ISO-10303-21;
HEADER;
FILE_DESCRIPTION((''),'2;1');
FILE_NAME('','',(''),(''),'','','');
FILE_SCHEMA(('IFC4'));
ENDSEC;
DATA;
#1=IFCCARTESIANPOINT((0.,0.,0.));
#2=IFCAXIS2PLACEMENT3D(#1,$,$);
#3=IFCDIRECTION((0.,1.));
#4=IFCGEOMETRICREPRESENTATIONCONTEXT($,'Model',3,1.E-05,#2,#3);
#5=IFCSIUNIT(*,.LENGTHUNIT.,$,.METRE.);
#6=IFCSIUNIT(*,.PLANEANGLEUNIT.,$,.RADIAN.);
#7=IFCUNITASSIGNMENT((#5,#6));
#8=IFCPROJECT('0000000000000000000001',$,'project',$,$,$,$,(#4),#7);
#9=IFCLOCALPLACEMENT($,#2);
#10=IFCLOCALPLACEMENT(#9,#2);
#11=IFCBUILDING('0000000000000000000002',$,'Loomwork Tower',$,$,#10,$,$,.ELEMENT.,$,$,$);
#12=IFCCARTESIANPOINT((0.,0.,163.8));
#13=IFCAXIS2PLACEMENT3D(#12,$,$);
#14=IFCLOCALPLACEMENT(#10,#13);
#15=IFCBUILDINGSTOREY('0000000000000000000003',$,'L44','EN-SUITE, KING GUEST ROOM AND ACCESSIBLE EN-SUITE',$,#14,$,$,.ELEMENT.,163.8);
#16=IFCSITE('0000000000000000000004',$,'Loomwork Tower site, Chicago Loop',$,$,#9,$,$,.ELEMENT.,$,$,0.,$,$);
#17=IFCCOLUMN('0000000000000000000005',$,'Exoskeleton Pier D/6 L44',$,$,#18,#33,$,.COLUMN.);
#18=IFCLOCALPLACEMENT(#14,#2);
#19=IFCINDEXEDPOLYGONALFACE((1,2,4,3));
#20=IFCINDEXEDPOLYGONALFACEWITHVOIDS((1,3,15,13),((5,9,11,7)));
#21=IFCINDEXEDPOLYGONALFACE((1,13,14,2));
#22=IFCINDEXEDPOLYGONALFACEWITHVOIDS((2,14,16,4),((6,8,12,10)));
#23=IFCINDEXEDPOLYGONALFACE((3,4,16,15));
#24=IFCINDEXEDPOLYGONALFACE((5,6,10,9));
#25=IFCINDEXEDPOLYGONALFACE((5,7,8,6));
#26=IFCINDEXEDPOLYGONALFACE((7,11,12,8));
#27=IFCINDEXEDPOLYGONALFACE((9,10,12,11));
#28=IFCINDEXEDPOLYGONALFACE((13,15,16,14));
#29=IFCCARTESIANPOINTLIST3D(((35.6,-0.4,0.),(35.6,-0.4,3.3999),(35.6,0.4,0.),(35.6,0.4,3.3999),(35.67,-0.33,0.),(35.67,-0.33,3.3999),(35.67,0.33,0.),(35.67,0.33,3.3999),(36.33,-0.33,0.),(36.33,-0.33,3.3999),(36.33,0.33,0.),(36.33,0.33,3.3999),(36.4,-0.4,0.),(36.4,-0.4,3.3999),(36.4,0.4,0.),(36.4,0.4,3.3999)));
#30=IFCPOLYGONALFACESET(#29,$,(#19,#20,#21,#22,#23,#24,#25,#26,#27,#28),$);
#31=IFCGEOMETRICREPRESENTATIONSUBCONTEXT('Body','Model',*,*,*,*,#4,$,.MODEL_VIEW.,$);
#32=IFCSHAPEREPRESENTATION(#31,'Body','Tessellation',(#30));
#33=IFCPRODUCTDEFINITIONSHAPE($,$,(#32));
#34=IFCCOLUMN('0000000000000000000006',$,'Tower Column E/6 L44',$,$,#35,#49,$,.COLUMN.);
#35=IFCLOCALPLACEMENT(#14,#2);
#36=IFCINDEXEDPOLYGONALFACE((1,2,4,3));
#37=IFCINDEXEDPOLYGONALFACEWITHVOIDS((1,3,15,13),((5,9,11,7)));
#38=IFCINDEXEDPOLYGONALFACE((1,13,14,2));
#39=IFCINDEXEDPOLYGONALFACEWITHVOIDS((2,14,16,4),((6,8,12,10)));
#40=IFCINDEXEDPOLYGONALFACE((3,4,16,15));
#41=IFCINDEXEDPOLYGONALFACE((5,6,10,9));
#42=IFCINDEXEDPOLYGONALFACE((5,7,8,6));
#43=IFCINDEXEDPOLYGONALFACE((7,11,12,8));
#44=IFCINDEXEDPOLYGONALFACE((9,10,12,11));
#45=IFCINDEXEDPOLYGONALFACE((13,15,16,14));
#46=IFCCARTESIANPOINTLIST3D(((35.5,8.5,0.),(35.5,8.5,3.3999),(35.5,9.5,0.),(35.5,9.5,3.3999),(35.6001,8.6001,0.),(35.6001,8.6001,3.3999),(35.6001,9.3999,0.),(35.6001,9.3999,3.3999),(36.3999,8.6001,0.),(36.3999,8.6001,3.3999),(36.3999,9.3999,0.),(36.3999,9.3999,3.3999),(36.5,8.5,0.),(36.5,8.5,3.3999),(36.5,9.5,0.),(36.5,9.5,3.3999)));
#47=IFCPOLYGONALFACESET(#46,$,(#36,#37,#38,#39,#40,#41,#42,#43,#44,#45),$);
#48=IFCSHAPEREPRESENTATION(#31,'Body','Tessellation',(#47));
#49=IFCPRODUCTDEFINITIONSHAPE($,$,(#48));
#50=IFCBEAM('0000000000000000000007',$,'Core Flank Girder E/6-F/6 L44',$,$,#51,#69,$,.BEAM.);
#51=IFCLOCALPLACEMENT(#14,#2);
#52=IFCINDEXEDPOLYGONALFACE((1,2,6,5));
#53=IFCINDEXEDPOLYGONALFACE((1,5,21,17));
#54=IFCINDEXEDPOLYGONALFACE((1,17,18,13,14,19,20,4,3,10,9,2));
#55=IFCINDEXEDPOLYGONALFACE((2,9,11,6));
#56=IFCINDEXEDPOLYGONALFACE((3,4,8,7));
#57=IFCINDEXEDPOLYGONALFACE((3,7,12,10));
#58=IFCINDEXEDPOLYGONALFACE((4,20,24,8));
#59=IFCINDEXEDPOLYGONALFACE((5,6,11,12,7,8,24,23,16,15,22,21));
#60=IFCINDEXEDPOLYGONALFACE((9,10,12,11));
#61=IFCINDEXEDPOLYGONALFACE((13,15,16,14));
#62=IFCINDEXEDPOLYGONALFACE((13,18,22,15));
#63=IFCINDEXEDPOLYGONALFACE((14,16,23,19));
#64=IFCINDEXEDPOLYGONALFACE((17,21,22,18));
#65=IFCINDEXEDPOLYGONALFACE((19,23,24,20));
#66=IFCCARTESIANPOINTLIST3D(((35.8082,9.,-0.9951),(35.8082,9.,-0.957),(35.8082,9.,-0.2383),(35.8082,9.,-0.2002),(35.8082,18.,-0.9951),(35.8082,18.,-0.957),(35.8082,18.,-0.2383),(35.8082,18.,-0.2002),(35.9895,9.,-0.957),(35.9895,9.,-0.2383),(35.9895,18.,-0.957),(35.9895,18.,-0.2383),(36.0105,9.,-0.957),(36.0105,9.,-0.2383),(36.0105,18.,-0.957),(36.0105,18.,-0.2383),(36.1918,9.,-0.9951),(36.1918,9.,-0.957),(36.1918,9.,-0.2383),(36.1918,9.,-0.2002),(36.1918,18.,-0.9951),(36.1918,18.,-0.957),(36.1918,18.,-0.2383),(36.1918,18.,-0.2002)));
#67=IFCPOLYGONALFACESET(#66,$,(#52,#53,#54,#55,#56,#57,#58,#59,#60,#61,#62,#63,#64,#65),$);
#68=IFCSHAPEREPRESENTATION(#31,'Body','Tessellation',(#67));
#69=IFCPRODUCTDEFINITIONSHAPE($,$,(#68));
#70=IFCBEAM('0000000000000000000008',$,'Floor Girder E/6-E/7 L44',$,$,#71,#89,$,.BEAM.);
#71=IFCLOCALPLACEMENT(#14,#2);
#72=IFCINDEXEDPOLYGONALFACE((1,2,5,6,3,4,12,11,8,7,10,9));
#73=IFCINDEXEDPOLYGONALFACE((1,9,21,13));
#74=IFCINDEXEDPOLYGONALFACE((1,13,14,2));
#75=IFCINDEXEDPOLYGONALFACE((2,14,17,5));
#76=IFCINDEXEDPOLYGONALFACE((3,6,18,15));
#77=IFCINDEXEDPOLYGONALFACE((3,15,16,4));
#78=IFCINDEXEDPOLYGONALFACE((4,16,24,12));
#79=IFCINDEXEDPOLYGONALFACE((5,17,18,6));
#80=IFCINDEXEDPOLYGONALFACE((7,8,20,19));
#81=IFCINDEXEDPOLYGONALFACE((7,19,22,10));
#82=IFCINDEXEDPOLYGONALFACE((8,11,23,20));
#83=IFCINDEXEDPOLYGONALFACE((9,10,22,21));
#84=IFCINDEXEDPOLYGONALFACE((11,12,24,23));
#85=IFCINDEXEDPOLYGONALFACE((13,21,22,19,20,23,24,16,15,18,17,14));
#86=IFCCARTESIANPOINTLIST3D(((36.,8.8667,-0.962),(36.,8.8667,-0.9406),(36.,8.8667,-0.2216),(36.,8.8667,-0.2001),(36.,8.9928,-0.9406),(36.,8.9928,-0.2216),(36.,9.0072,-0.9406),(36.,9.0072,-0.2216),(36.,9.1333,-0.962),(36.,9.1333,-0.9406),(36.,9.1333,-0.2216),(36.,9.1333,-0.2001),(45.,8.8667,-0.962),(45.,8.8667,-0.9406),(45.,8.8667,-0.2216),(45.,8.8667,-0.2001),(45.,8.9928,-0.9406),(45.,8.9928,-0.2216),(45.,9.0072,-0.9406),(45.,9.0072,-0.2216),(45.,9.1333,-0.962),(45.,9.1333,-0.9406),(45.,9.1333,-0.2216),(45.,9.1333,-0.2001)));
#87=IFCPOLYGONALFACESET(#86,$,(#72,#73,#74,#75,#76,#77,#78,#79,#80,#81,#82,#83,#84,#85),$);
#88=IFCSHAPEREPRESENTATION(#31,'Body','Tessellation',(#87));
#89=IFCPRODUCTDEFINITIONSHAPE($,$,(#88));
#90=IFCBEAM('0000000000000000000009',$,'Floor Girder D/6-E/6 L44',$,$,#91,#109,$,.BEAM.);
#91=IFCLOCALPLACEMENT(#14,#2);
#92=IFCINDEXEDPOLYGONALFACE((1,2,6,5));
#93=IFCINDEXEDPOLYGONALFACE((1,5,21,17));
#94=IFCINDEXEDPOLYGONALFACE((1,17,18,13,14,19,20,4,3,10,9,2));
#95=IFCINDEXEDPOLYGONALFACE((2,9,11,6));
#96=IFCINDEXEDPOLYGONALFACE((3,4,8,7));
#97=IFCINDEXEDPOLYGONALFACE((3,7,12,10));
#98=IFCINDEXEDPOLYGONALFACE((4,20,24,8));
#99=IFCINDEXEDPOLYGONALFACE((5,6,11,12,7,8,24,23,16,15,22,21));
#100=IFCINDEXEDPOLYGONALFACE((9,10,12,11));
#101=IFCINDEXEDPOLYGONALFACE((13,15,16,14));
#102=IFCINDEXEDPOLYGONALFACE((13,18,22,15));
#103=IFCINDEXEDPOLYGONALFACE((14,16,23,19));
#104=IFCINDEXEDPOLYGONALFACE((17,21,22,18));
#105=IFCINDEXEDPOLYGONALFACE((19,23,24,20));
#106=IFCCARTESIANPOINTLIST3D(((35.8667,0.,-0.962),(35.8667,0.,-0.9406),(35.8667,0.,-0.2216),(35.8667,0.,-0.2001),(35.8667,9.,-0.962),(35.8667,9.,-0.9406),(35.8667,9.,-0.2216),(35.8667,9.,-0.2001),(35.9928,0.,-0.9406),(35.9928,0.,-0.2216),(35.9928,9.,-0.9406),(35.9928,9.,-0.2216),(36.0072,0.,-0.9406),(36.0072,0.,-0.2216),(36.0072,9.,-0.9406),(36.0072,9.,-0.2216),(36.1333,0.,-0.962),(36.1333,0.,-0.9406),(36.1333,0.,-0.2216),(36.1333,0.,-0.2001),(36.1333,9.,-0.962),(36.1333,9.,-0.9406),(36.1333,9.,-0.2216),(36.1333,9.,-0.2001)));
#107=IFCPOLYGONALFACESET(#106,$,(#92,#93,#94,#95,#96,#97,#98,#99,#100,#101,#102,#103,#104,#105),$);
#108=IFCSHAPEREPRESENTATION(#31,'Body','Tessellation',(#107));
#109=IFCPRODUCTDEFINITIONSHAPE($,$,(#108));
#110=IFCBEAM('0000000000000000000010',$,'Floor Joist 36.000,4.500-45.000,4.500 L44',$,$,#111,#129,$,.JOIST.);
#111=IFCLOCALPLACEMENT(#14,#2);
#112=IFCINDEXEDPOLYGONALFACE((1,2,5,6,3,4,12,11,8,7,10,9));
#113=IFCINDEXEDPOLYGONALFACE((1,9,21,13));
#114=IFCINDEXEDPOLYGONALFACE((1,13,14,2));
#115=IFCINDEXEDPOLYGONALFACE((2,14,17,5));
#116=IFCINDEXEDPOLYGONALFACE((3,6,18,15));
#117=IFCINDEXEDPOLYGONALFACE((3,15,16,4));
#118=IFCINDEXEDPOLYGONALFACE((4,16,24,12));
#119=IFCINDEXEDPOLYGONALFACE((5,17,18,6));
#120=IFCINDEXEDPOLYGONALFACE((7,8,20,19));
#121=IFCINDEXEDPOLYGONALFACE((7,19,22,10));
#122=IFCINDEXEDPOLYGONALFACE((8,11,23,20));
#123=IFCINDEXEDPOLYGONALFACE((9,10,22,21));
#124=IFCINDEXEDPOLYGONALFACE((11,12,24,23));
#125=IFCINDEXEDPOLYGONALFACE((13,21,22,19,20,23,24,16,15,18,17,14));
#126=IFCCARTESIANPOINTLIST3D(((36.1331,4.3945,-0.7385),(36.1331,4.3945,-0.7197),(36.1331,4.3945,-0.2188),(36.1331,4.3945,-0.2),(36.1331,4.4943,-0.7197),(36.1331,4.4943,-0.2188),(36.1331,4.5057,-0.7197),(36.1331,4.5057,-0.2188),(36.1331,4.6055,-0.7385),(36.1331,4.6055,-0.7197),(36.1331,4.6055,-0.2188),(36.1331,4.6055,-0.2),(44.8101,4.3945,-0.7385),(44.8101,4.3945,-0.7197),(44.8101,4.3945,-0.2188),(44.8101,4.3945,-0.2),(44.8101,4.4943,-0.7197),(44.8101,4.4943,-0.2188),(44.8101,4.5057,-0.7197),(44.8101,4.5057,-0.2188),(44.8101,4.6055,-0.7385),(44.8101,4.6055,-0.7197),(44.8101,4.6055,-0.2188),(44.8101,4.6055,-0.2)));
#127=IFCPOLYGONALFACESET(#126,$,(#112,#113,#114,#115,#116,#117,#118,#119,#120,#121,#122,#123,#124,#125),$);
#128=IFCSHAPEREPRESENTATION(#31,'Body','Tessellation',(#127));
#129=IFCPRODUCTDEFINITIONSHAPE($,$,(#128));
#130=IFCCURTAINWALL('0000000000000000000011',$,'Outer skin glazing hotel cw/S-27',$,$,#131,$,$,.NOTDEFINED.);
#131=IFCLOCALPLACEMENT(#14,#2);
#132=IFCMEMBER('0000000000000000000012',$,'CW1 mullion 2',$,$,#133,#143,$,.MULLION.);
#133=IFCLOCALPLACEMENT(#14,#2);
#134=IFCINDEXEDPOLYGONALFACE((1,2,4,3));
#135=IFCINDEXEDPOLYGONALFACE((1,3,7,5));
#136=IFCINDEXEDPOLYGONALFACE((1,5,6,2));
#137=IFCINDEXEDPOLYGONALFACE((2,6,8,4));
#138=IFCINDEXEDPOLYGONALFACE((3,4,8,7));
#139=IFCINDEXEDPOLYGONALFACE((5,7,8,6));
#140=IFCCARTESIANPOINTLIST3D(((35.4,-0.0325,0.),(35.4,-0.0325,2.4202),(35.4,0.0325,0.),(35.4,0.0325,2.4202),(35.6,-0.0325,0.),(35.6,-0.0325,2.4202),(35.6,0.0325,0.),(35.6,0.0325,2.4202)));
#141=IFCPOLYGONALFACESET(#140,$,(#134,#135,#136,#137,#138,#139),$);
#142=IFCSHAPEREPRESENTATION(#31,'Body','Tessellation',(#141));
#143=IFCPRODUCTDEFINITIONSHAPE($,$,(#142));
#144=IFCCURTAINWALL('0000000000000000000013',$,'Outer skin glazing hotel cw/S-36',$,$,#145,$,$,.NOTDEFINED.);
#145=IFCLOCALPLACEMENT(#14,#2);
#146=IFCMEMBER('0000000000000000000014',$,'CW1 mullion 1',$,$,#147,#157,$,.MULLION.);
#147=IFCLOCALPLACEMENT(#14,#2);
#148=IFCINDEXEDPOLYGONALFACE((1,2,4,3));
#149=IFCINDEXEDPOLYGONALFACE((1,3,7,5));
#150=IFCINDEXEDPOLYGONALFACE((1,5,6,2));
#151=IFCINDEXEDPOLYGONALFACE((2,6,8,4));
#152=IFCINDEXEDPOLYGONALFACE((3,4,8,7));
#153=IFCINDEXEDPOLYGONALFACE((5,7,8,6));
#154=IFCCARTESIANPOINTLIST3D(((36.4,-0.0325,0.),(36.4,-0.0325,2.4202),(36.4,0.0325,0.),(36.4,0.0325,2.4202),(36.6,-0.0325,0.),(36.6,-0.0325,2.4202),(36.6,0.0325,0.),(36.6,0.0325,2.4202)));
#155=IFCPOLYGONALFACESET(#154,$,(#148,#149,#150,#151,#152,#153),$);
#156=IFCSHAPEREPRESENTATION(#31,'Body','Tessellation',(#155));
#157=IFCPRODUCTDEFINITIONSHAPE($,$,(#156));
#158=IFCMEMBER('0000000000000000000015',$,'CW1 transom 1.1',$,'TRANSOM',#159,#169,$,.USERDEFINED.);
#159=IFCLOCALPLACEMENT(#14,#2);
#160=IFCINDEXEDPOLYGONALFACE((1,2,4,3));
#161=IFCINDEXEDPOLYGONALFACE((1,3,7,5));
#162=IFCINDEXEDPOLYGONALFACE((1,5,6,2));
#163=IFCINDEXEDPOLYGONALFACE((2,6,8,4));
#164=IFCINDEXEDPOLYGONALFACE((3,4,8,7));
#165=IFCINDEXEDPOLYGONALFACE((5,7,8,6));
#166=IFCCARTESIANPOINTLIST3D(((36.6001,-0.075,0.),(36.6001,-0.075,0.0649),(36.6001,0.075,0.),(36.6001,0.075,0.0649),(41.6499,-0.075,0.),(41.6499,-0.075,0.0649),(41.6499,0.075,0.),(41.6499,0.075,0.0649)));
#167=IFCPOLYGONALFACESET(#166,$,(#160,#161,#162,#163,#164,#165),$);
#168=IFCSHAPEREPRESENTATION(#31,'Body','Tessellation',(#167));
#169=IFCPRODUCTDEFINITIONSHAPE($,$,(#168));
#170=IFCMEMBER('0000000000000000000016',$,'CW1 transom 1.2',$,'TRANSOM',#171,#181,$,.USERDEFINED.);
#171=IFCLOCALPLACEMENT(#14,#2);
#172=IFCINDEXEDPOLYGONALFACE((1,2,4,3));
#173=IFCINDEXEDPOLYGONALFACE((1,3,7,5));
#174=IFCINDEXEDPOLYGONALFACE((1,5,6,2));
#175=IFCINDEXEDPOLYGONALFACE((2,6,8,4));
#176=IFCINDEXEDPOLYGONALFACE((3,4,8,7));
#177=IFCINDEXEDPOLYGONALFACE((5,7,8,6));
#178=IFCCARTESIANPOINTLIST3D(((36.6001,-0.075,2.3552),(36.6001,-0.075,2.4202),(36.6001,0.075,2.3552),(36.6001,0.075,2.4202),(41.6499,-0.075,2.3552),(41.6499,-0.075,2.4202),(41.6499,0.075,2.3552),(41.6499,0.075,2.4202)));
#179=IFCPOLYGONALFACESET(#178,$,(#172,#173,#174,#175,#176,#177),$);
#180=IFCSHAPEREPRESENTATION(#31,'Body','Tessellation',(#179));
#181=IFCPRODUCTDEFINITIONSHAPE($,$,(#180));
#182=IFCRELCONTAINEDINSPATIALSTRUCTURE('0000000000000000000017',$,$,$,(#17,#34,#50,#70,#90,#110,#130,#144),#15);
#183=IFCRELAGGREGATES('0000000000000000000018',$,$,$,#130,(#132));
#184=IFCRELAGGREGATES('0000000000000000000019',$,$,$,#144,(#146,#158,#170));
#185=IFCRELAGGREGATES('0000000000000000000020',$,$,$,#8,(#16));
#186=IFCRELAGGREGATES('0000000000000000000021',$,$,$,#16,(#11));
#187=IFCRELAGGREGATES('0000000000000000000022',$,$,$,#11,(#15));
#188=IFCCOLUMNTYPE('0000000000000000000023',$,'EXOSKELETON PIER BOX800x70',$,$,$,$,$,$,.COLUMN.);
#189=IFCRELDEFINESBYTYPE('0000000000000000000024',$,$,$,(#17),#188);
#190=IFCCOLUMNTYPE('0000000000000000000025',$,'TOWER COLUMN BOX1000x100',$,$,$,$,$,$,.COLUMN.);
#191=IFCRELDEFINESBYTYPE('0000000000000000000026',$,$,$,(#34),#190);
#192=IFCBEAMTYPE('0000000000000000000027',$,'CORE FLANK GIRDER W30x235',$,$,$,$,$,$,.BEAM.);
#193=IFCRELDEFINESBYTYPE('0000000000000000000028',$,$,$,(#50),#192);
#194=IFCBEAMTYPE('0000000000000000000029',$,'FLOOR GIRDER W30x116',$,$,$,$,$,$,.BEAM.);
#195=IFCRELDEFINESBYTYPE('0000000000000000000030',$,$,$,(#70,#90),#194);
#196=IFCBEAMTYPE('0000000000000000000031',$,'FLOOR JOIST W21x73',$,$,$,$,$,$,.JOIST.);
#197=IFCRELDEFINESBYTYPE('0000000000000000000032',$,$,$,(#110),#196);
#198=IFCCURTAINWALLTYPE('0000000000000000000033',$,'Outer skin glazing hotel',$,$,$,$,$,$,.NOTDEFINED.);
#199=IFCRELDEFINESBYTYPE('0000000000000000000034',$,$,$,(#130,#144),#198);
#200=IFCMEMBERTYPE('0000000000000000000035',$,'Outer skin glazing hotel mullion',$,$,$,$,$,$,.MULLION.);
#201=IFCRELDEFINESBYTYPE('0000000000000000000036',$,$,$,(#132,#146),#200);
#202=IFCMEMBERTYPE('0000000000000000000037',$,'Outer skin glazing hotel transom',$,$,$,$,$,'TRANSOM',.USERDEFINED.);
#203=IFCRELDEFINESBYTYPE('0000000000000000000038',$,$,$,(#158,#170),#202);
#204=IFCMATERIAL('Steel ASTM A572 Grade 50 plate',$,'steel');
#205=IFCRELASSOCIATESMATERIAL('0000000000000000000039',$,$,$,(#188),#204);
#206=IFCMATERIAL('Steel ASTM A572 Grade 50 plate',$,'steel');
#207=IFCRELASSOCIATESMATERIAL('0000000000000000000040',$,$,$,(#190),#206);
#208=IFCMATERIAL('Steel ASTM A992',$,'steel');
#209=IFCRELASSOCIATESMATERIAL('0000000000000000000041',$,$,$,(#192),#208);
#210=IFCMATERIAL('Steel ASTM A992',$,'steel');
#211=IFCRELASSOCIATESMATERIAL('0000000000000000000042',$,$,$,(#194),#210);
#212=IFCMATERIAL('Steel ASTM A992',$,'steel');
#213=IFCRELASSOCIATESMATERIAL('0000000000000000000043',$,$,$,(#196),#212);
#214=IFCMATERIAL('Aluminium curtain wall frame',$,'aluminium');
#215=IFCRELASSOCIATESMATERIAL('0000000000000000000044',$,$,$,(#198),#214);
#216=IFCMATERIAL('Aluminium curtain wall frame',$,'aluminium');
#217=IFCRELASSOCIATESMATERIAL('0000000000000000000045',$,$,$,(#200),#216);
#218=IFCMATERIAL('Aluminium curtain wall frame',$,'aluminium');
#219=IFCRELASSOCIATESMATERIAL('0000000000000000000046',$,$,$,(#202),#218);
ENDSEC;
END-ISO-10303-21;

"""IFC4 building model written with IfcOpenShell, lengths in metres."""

from ifc_helpers import new_model, si_unit, direction, frame, origin, origin_2d, place, context, subcontext, project, spatial, rectangle, hollow_rectangle, i_section, extrude, material, material_profile, profile_set, type_object, element, aggregate, save


model = new_model("IFC4")

# Units and contexts
model_context = context("Model", 3, precision=1e-05, world=origin(), true_north=direction((0.0, 1.0)))
body_context = subcontext(model_context, "Body", "Model", "MODEL_VIEW")
ifc_project = project(units=[si_unit("LENGTHUNIT", "METRE"), si_unit("PLANEANGLEUNIT", "RADIAN")], contexts=[model_context])

# Site, building, storey
site_placement = place(None, origin())
site = spatial("IfcSite", under=ifc_project, at=site_placement, Name="Loomwork Tower site, Chicago Loop", CompositionType="ELEMENT", RefElevation=0.0)
building_placement = place(site_placement, origin())
building = spatial("IfcBuilding", under=site, at=building_placement, Name="Loomwork Tower", CompositionType="ELEMENT")
storey_placement = place(building_placement, frame((0.0, 0.0, 163.8)))
storey = spatial("IfcBuildingStorey", under=building, at=storey_placement, Name="L44", Description="EN-SUITE, KING GUEST ROOM AND ACCESSIBLE EN-SUITE", CompositionType="ELEMENT", Elevation=163.8)

# Columns
ifc_material_1 = material(Name="Steel ASTM A572 Grade 50 plate", Category="steel")
ifc_material_profile_1 = material_profile(ifc_material_1, hollow_rectangle(XDim=0.8, YDim=0.8, WallThickness=0.0701, at=origin_2d()), Name="BOX800x70")
ifc_profile_set_1 = profile_set([ifc_material_profile_1], Name="Steel ASTM A572 Grade 50 plate")
column_type_1 = type_object("IfcColumnType", Name="EXOSKELETON PIER BOX800x70", PredefinedType="COLUMN", material=ifc_profile_set_1)
column_1_placement = place(storey_placement, frame((36.0, 0.0, 0.0), z_axis=(0.0, 0.0, 1.0), x_axis=(1.0, 0.0, 0.0)))
element("IfcColumn", 1, at=column_1_placement, inside=storey, type_object=column_type_1, Name="Exoskeleton Pier D/6 L44", PredefinedType="COLUMN", context=body_context, shape_type="SweptSolid", body=[
    extrude(hollow_rectangle(XDim=0.8, YDim=0.8, WallThickness=0.0701, at=origin_2d()), origin(), (0.0, 0.0, 1.0), 3.3999),
])
ifc_material_2 = material(Name="Steel ASTM A572 Grade 50 plate", Category="steel")
ifc_material_profile_2 = material_profile(ifc_material_2, hollow_rectangle(XDim=1.0, YDim=1.0, WallThickness=0.1001, at=origin_2d()), Name="BOX1000x100")
ifc_profile_set_2 = profile_set([ifc_material_profile_2], Name="Steel ASTM A572 Grade 50 plate")
column_type_2 = type_object("IfcColumnType", Name="TOWER COLUMN BOX1000x100", PredefinedType="COLUMN", material=ifc_profile_set_2)
column_2_placement = place(storey_placement, frame((36.0, 9.0, 0.0), z_axis=(0.0, 0.0, 1.0), x_axis=(0.0, 1.0, 0.0)))
element("IfcColumn", 2, at=column_2_placement, inside=storey, type_object=column_type_2, Name="Tower Column E/6 L44", PredefinedType="COLUMN", context=body_context, shape_type="SweptSolid", body=[
    extrude(hollow_rectangle(XDim=1.0, YDim=1.0, WallThickness=0.1001, at=origin_2d()), origin(), (0.0, 0.0, 1.0), 3.3999),
])

# Beams
ifc_material_3 = material(Name="Steel ASTM A992", Category="steel")
ifc_material_profile_3 = material_profile(ifc_material_3, i_section(OverallWidth=0.3835, OverallDepth=0.7949, WebThickness=0.021, FlangeThickness=0.0381, at=origin_2d()), Name="W30x235")
ifc_profile_set_3 = profile_set([ifc_material_profile_3], Name="Steel ASTM A992")
beam_type_1 = type_object("IfcBeamType", Name="CORE FLANK GIRDER W30x235", PredefinedType="BEAM", material=ifc_profile_set_3)
beam_1_placement = place(storey_placement, frame((36.0, 9.0, -0.5977), z_axis=(0.0, 1.0, 0.0), x_axis=(-1.0, 0.0, 0.0)))
element("IfcBeam", 3, at=beam_1_placement, inside=storey, type_object=beam_type_1, Name="Core Flank Girder E/6-F/6 L44", PredefinedType="BEAM", context=body_context, shape_type="SweptSolid", body=[
    extrude(i_section(OverallWidth=0.3835, OverallDepth=0.7949, WebThickness=0.021, FlangeThickness=0.0381, at=origin_2d()), origin(), (0.0, 0.0, 1.0), 9.0),
])
ifc_material_4 = material(Name="Steel ASTM A992", Category="steel")
ifc_material_profile_4 = material_profile(ifc_material_4, i_section(OverallWidth=0.2666, OverallDepth=0.762, WebThickness=0.0144, FlangeThickness=0.0215, at=origin_2d()), Name="W30x116")
ifc_profile_set_4 = profile_set([ifc_material_profile_4], Name="Steel ASTM A992")
beam_type_2 = type_object("IfcBeamType", Name="FLOOR GIRDER W30x116", PredefinedType="BEAM", material=ifc_profile_set_4)
for number, where, z_axis, x_axis, name in (
    (4, (36.0, 9.0, -0.5811), (1.0, 0.0, 0.0), (0.0, 1.0, 0.0), "Floor Girder E/6-E/7 L44"),
    (5, (36.0, 0.0, -0.5811), (0.0, 1.0, 0.0), (-1.0, 0.0, 0.0), "Floor Girder D/6-E/6 L44"),
):
    element("IfcBeam", number, at=place(storey_placement, frame(where, z_axis=z_axis, x_axis=x_axis)), inside=storey, type_object=beam_type_2, Name=name, PredefinedType="BEAM", context=body_context, shape_type="SweptSolid", body=[
        extrude(i_section(OverallWidth=0.2666, OverallDepth=0.762, WebThickness=0.0144, FlangeThickness=0.0215, at=origin_2d()), origin(), (0.0, 0.0, 1.0), 9.0),
    ])
ifc_material_5 = material(Name="Steel ASTM A992", Category="steel")
ifc_material_profile_5 = material_profile(ifc_material_5, i_section(OverallWidth=0.2109, OverallDepth=0.5386, WebThickness=0.0115, FlangeThickness=0.0188, at=origin_2d()), Name="W21x73")
ifc_profile_set_5 = profile_set([ifc_material_profile_5], Name="Steel ASTM A992")
beam_type_3 = type_object("IfcBeamType", Name="FLOOR JOIST W21x73", PredefinedType="JOIST", material=ifc_profile_set_5)
beam_2_placement = place(storey_placement, frame((36.1331, 4.5, -0.4692), z_axis=(1.0, 0.0, 0.0), x_axis=(0.0, 1.0, 0.0)))
element("IfcBeam", 6, at=beam_2_placement, inside=storey, type_object=beam_type_3, Name="Floor Joist 36.000,4.500-45.000,4.500 L44", PredefinedType="JOIST", context=body_context, shape_type="SweptSolid", body=[
    extrude(i_section(OverallWidth=0.2109, OverallDepth=0.5386, WebThickness=0.0115, FlangeThickness=0.0188, at=origin_2d()), origin(), (0.0, 0.0, 1.0), 8.677),
])

# Curtain wall, member
ifc_material_6 = material(Name="Aluminium curtain wall frame", Category="aluminium")
curtain_wall_type = type_object("IfcCurtainWallType", Name="Outer skin glazing hotel", PredefinedType="NOTDEFINED", material=ifc_material_6)
curtain_wall_1_placement = place(storey_placement, origin())
curtain_wall_1 = element("IfcCurtainWall", 7, at=curtain_wall_1_placement, inside=storey, type_object=curtain_wall_type, Name="Outer skin glazing hotel cw/S-27", PredefinedType="NOTDEFINED")
ifc_material_7 = material(Name="Aluminium curtain wall frame", Category="aluminium")
ifc_material_profile_6 = material_profile(ifc_material_7, rectangle(XDim=0.0649, YDim=0.2, at=origin_2d()), Name="AL 65x200")
ifc_profile_set_6 = profile_set([ifc_material_profile_6], Name="Aluminium curtain wall frame")
member_type_1 = type_object("IfcMemberType", Name="Outer skin glazing hotel mullion", PredefinedType="MULLION", material=ifc_profile_set_6)
member_1_placement = place(storey_placement, frame((35.5, 0.0, 0.0), z_axis=(0.0, 0.0, 1.0), x_axis=(0.0, 1.0, 0.0)))
member_1 = element("IfcMember", 8, at=member_1_placement, type_object=member_type_1, Name="CW1 mullion 2", PredefinedType="MULLION", context=body_context, shape_type="SweptSolid", body=[
    extrude(rectangle(XDim=0.0649, YDim=0.2, at=origin_2d()), origin(), (0.0, 0.0, 1.0), 2.4202),
])
aggregate(curtain_wall_1, [member_1])

# Curtain wall, members
curtain_wall_2_placement = place(storey_placement, origin())
curtain_wall_2 = element("IfcCurtainWall", 9, at=curtain_wall_2_placement, inside=storey, type_object=curtain_wall_type, Name="Outer skin glazing hotel cw/S-36", PredefinedType="NOTDEFINED")
member_2_placement = place(storey_placement, frame((36.5, 0.0, 0.0), z_axis=(0.0, 0.0, 1.0), x_axis=(0.0, 1.0, 0.0)))
member_2 = element("IfcMember", 10, at=member_2_placement, type_object=member_type_1, Name="CW1 mullion 1", PredefinedType="MULLION", context=body_context, shape_type="SweptSolid", body=[
    extrude(rectangle(XDim=0.0649, YDim=0.2, at=origin_2d()), origin(), (0.0, 0.0, 1.0), 2.4202),
])
ifc_material_8 = material(Name="Aluminium curtain wall frame", Category="aluminium")
ifc_material_profile_7 = material_profile(ifc_material_8, rectangle(XDim=0.1499, YDim=0.0649, at=origin_2d()), Name="AL 65x150")
ifc_profile_set_7 = profile_set([ifc_material_profile_7], Name="Aluminium curtain wall frame")
member_type_2 = type_object("IfcMemberType", Name="Outer skin glazing hotel transom", ElementType="TRANSOM", PredefinedType="USERDEFINED", material=ifc_profile_set_7)
member_3_placement = place(storey_placement, frame((36.6001, 0.0, 0.0325), z_axis=(1.0, 0.0, 0.0), x_axis=(0.0, 1.0, 0.0)))
member_3 = element("IfcMember", 11, at=member_3_placement, type_object=member_type_2, Name="CW1 transom 1.1", ObjectType="TRANSOM", PredefinedType="USERDEFINED", context=body_context, shape_type="SweptSolid", body=[
    extrude(rectangle(XDim=0.1499, YDim=0.0649, at=origin_2d()), origin(), (0.0, 0.0, 1.0), 5.0498),
])
member_4_placement = place(storey_placement, frame((36.6001, 0.0, 2.3877), z_axis=(1.0, 0.0, 0.0), x_axis=(0.0, 1.0, 0.0)))
member_4 = element("IfcMember", 12, at=member_4_placement, type_object=member_type_2, Name="CW1 transom 1.2", ObjectType="TRANSOM", PredefinedType="USERDEFINED", context=body_context, shape_type="SweptSolid", body=[
    extrude(rectangle(XDim=0.1499, YDim=0.0649, at=origin_2d()), origin(), (0.0, 0.0, 1.0), 5.0498),
])

aggregate(curtain_wall_2, [member_2, member_3, member_4])

save(model, "model.ifc")
